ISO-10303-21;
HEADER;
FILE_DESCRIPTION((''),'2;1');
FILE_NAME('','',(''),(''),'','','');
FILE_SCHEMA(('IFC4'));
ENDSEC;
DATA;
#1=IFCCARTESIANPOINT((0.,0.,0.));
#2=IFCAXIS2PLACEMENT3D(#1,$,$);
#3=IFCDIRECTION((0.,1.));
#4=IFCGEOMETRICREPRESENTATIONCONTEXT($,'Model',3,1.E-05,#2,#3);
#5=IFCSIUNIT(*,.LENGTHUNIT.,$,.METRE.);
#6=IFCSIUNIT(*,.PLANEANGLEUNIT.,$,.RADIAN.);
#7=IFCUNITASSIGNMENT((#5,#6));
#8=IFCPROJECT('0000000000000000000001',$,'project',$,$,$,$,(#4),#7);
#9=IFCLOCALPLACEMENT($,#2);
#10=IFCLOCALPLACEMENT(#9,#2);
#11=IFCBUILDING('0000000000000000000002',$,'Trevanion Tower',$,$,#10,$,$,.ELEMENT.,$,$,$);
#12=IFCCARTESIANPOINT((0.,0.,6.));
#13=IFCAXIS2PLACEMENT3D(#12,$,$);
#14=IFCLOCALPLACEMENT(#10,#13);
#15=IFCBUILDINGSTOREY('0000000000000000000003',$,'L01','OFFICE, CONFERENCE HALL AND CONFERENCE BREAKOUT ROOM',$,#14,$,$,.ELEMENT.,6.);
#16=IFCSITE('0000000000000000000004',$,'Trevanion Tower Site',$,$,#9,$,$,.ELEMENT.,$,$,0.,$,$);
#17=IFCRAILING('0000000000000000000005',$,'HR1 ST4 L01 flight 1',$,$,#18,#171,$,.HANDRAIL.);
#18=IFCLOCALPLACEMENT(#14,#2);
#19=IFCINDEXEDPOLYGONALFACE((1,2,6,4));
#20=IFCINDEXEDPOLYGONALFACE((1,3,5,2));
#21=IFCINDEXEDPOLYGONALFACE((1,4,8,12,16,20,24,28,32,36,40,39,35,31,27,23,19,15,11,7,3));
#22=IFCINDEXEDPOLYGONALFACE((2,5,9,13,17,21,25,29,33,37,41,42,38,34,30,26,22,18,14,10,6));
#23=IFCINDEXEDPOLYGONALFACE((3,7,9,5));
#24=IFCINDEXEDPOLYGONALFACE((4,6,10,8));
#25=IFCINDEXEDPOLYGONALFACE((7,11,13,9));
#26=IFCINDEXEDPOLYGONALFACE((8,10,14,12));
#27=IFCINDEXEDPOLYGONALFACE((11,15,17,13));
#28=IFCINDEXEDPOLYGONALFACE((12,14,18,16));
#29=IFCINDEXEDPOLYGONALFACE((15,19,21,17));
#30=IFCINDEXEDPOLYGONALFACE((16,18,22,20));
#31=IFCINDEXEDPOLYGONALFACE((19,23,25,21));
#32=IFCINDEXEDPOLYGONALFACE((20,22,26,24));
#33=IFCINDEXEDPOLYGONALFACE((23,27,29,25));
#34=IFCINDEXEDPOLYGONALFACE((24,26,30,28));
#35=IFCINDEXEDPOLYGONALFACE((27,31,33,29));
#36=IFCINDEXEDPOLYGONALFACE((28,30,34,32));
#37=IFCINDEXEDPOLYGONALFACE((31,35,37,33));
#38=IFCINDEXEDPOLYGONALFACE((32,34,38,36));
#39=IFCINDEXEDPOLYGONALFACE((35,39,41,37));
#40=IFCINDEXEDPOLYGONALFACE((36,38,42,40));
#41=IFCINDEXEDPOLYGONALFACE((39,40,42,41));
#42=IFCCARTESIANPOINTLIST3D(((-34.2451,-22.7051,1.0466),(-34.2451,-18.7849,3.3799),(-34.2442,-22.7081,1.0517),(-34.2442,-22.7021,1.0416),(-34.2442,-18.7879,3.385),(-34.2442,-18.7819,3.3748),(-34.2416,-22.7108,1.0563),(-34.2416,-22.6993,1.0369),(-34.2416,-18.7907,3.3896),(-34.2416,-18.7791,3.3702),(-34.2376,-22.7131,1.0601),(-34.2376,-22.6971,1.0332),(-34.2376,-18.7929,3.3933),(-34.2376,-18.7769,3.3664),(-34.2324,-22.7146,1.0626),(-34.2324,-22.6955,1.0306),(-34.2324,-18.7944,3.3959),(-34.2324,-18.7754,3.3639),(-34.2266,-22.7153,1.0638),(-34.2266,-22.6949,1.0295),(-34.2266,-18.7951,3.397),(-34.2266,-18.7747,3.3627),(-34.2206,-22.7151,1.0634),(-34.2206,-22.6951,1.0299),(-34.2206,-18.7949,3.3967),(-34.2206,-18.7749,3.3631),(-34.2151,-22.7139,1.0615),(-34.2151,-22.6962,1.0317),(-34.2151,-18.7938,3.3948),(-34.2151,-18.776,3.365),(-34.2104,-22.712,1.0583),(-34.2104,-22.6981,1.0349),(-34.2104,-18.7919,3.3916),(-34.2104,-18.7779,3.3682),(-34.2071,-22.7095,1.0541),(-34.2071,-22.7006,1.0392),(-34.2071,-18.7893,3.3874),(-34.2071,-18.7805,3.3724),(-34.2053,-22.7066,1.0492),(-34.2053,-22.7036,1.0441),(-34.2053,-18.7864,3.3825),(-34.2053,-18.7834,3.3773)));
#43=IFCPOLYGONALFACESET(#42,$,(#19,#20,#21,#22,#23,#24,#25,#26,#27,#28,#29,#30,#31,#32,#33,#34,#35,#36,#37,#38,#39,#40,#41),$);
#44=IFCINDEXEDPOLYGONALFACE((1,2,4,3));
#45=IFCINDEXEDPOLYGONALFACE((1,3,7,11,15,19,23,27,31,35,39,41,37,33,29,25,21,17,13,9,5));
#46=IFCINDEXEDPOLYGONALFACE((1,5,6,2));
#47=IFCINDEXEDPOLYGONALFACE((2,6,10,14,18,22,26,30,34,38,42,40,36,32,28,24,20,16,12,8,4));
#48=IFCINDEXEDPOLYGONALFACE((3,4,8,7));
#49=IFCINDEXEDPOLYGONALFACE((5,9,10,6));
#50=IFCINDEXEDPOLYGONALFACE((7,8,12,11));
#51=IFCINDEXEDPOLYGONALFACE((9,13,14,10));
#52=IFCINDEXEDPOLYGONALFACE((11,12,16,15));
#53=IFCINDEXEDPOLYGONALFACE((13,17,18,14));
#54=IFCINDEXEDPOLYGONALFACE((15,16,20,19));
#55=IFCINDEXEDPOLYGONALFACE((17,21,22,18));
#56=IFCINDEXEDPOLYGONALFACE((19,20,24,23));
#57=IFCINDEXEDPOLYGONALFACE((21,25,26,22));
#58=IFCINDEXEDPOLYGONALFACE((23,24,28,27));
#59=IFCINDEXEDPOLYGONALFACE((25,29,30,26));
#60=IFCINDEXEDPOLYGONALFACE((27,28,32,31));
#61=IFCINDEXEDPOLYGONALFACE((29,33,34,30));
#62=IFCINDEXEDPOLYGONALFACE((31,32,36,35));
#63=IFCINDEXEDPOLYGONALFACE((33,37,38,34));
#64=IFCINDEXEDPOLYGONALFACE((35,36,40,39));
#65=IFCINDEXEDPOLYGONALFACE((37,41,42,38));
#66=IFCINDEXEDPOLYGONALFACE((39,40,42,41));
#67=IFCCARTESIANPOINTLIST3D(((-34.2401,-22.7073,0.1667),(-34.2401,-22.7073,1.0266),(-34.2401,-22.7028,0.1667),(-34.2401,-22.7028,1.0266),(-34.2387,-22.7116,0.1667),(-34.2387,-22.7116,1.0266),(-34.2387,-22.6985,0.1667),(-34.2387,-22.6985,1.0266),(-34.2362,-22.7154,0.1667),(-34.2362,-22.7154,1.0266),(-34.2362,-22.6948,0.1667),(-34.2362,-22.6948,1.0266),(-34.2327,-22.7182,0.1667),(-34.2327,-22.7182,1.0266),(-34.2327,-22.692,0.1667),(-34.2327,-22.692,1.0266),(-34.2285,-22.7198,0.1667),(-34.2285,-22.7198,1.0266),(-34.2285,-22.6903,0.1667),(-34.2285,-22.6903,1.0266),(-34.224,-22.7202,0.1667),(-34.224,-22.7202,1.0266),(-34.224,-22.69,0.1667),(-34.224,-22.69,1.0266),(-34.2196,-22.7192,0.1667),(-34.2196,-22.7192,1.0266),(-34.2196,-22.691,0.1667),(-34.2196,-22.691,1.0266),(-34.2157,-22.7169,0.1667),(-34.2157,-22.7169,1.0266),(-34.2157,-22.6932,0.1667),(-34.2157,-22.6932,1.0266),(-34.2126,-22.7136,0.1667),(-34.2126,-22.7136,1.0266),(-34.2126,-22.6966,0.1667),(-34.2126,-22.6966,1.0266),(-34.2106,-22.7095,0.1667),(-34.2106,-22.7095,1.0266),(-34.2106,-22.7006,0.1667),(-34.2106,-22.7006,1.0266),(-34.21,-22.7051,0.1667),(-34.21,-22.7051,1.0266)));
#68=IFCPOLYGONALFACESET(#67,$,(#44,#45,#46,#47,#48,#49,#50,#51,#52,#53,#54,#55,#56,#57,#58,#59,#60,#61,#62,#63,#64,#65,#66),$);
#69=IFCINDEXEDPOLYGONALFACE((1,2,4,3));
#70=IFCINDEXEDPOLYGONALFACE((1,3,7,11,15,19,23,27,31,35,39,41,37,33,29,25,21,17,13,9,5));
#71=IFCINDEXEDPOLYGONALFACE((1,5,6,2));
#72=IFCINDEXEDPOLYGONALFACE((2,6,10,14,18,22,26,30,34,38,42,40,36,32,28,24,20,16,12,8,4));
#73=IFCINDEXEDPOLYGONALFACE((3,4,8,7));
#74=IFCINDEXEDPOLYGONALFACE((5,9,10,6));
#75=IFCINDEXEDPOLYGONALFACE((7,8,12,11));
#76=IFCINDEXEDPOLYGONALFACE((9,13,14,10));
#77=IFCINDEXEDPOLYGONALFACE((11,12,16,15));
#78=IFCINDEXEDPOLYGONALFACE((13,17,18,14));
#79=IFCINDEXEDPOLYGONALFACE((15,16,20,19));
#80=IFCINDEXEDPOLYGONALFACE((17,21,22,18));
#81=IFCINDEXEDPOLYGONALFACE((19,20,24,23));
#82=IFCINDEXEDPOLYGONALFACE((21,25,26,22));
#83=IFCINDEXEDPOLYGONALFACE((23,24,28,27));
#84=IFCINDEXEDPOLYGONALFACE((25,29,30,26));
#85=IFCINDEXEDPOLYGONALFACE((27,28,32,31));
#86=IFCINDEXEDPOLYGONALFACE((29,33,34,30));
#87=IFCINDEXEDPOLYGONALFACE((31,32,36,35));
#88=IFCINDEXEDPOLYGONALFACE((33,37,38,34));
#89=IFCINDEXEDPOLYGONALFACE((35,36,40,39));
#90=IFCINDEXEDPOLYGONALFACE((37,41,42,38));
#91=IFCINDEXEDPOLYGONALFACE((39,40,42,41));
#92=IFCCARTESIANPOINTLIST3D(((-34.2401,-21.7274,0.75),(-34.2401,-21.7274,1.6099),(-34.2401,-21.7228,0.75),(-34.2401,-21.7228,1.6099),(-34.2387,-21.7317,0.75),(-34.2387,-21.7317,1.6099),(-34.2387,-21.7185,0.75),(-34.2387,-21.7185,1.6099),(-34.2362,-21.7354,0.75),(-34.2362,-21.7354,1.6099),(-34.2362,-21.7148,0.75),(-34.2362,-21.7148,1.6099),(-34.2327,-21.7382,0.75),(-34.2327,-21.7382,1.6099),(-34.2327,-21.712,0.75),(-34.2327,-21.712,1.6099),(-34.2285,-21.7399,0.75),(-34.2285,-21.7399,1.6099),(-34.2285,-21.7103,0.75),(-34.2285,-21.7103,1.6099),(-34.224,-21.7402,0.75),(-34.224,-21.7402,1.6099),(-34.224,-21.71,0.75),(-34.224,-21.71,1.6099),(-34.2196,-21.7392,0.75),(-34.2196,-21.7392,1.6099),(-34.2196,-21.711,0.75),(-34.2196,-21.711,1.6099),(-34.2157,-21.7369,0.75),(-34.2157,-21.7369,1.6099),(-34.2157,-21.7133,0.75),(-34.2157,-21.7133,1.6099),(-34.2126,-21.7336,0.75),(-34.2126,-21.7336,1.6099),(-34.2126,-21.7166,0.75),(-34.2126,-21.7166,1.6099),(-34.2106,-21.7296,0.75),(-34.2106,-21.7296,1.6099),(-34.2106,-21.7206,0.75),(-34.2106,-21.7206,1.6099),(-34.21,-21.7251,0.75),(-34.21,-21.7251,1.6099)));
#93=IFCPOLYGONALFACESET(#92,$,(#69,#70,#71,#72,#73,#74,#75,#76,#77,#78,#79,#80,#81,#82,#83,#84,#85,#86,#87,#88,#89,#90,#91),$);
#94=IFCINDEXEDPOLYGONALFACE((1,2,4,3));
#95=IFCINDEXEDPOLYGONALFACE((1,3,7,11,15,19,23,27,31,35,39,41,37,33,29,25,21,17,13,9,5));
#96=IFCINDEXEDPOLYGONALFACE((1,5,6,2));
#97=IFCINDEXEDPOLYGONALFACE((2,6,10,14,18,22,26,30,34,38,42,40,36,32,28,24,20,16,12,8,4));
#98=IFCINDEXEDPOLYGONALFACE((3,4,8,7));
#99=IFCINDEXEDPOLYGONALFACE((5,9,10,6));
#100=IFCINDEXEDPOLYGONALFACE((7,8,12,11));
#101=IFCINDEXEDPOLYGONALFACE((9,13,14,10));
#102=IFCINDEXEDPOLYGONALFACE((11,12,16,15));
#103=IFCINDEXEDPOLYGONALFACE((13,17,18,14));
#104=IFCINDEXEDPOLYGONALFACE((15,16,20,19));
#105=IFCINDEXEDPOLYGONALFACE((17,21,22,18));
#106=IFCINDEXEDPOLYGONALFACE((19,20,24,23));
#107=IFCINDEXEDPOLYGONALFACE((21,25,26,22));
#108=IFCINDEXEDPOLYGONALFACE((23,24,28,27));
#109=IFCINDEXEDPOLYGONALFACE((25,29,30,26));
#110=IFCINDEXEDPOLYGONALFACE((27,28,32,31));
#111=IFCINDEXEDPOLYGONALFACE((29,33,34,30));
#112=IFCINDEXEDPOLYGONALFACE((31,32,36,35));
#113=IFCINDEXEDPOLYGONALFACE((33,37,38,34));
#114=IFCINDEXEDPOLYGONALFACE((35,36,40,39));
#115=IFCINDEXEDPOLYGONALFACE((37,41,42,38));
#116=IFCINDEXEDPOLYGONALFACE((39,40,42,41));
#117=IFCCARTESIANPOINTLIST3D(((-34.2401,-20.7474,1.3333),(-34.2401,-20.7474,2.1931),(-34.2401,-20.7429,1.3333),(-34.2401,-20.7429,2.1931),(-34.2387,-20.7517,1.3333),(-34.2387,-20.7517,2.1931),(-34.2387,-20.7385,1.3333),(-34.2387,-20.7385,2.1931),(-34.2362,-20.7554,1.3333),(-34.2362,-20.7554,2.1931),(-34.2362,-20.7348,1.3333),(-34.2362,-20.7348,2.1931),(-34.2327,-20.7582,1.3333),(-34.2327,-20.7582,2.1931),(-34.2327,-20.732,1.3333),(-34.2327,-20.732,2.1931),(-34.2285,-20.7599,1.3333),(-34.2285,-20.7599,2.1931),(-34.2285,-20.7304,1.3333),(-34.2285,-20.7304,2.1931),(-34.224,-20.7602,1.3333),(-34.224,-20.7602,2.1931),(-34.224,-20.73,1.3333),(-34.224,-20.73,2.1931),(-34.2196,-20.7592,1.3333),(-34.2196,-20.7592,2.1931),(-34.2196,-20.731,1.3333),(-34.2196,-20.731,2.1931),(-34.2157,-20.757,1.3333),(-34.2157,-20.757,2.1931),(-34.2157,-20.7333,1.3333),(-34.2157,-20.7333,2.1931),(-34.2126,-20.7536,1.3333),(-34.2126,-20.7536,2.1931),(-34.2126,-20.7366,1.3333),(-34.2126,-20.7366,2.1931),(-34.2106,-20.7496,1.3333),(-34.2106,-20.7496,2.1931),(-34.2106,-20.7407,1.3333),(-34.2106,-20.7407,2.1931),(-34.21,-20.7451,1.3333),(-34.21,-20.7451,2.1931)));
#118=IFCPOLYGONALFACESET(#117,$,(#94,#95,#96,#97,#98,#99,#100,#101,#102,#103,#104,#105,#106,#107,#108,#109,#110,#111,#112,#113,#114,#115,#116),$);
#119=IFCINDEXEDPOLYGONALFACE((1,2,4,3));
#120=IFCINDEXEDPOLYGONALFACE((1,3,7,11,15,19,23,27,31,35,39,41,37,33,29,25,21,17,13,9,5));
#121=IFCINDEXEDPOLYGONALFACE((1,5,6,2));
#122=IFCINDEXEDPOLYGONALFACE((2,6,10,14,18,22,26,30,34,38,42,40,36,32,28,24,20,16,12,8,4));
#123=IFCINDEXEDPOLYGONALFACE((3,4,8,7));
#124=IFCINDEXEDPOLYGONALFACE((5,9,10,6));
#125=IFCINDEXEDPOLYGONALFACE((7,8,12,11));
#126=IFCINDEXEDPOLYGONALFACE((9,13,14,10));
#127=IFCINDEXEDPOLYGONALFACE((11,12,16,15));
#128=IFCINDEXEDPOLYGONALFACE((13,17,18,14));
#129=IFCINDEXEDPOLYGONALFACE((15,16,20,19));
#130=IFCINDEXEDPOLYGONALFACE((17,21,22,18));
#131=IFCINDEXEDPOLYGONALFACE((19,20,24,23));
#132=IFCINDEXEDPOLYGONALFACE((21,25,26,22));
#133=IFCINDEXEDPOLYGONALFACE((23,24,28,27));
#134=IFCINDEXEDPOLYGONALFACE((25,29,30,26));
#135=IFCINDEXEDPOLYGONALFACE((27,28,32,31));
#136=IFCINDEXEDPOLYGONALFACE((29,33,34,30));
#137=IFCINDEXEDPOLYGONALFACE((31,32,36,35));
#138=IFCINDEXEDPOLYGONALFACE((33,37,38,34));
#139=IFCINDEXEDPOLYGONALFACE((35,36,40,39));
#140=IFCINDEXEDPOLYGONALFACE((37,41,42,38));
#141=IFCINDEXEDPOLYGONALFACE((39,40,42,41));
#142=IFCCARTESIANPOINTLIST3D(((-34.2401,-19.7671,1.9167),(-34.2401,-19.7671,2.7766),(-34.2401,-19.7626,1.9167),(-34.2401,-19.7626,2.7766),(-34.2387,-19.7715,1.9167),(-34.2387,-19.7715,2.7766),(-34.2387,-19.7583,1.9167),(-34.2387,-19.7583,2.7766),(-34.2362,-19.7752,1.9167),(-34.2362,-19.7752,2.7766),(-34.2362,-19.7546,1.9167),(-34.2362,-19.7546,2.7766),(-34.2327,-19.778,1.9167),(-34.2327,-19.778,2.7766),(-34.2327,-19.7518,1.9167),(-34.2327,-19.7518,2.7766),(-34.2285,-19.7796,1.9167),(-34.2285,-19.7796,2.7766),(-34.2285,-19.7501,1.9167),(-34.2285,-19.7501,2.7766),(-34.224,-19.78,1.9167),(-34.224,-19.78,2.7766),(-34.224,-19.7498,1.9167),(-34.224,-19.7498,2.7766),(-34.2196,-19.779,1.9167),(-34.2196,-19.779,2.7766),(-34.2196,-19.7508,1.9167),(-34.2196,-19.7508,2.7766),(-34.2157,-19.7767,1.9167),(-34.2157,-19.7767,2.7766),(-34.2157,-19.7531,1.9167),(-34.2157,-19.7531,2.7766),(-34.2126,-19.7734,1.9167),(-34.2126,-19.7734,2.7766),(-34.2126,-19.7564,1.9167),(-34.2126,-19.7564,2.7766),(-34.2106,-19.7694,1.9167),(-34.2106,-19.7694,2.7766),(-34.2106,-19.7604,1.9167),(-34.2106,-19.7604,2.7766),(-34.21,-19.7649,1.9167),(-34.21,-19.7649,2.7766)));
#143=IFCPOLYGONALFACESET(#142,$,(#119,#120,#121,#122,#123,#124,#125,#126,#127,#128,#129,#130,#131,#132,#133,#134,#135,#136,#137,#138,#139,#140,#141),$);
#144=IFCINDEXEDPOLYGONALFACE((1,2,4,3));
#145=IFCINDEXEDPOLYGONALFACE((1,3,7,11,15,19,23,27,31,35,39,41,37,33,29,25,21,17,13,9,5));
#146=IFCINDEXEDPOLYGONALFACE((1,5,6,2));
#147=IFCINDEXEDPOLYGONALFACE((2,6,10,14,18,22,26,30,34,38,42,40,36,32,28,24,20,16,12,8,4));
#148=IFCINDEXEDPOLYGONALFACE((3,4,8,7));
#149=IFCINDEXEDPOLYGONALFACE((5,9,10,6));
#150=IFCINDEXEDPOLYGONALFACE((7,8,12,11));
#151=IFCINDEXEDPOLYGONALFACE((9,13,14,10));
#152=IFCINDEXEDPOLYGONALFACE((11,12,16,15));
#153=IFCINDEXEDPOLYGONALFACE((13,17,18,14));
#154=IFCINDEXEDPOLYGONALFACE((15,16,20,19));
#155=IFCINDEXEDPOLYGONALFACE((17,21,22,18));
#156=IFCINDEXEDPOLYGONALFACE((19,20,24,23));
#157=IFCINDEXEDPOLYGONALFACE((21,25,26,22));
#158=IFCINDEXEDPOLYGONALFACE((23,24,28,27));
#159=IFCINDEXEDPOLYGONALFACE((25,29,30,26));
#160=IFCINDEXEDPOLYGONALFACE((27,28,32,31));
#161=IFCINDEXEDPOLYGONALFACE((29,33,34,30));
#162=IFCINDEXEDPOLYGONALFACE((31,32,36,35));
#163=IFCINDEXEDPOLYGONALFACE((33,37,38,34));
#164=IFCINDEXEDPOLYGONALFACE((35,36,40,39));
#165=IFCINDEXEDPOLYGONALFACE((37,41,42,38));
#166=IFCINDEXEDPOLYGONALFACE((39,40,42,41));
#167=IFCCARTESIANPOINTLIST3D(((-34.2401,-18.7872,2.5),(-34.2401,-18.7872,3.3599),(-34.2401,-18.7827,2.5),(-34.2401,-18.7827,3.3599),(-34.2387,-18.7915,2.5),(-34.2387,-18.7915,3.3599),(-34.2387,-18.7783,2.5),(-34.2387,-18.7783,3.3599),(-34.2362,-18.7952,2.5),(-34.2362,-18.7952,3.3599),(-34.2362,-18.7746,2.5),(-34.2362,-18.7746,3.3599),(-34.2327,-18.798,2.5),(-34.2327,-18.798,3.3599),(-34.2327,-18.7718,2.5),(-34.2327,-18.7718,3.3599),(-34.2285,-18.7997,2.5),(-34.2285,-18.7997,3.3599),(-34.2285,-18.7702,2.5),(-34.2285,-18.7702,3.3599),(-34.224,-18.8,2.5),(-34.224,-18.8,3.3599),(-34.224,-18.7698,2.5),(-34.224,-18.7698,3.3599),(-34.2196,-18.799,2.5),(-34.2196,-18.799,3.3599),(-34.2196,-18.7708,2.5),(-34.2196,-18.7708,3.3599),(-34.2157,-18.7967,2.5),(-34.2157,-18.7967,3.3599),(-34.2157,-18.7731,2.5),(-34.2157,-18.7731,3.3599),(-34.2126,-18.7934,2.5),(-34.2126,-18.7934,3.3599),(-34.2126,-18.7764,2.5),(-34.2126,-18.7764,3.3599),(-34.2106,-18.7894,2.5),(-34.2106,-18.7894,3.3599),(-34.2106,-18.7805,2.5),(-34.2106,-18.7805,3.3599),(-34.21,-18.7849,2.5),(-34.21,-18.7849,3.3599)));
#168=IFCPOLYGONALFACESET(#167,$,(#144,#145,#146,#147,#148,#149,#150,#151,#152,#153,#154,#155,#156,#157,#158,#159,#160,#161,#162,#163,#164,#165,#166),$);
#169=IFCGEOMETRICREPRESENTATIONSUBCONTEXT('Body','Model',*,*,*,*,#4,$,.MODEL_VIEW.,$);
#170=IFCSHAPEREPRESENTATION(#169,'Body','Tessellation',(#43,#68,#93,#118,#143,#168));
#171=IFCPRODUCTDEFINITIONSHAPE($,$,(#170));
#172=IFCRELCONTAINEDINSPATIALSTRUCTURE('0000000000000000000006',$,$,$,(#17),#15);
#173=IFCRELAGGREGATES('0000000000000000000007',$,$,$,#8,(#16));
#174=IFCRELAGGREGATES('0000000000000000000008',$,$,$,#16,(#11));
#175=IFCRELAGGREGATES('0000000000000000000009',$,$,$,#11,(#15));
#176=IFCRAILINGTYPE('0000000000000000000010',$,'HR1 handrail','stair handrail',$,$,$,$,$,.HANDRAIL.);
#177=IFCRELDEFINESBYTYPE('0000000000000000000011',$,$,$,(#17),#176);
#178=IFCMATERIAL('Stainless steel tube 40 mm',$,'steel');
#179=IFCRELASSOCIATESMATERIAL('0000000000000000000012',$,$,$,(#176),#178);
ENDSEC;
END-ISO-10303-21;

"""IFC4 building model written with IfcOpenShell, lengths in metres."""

from ifc_helpers import new_model, si_unit, direction, frame, origin, origin_2d, place, context, subcontext, project, spatial, circle, extrude, material, type_object, element, save


model = new_model("IFC4")

# Units and contexts
model_context = context("Model", 3, precision=1e-05, world=origin(), true_north=direction((0.0, 1.0)))
body_context = subcontext(model_context, "Body", "Model", "MODEL_VIEW")
ifc_project = project(units=[si_unit("LENGTHUNIT", "METRE"), si_unit("PLANEANGLEUNIT", "RADIAN")], contexts=[model_context])

# Site, building, storey
site_placement = place(None, origin())
site = spatial("IfcSite", under=ifc_project, at=site_placement, Name="Trevanion Tower Site", CompositionType="ELEMENT", RefElevation=0.0)
building_placement = place(site_placement, origin())
building = spatial("IfcBuilding", under=site, at=building_placement, Name="Trevanion Tower", CompositionType="ELEMENT")
storey_placement = place(building_placement, frame((0.0, 0.0, 6.0)))
storey = spatial("IfcBuildingStorey", under=building, at=storey_placement, Name="L01", Description="OFFICE, CONFERENCE HALL AND CONFERENCE BREAKOUT ROOM", CompositionType="ELEMENT", Elevation=6.0)

# Railing
ifc_material_1 = material(Name="Stainless steel tube 40 mm", Category="steel")
railing_type = type_object("IfcRailingType", Name="HR1 handrail", Description="stair handrail", PredefinedType="HANDRAIL", material=ifc_material_1)
for number, where, name in (
    (1, (-34.2251, -22.7051, 0.1667), "HR1 ST4 L01 flight 1"),
):
    element("IfcRailing", number, at=place(storey_placement, frame(where)), inside=storey, type_object=railing_type, Name=name, PredefinedType="HANDRAIL", context=body_context, shape_type="SweptSolid", body=[
        extrude(circle(Radius=0.02, at=origin_2d()), frame((0.0, 0.0, 0.8799), z_axis=(0.0, 0.85931, 0.511455), x_axis=(-1.0, 0.0, 0.0)), (0.0, 0.0, 1.0), 4.562),
        extrude(circle(Radius=0.0151, at=origin_2d()), origin(), (0.0, 0.0, 1.0), 0.8599),
        extrude(circle(Radius=0.0151, at=origin_2d()), frame((0.0, 0.98, 0.5833)), (0.0, 0.0, 1.0), 0.8599),
        extrude(circle(Radius=0.0151, at=origin_2d()), frame((0.0, 1.96, 1.1665)), (0.0, 0.0, 1.0), 0.8599),
        extrude(circle(Radius=0.0151, at=origin_2d()), frame((0.0, 2.9402, 1.75)), (0.0, 0.0, 1.0), 0.8599),
        extrude(circle(Radius=0.0151, at=origin_2d()), frame((0.0, 3.9202, 2.3333)), (0.0, 0.0, 1.0), 0.8599),
    ])

save(model, "model.ifc")
